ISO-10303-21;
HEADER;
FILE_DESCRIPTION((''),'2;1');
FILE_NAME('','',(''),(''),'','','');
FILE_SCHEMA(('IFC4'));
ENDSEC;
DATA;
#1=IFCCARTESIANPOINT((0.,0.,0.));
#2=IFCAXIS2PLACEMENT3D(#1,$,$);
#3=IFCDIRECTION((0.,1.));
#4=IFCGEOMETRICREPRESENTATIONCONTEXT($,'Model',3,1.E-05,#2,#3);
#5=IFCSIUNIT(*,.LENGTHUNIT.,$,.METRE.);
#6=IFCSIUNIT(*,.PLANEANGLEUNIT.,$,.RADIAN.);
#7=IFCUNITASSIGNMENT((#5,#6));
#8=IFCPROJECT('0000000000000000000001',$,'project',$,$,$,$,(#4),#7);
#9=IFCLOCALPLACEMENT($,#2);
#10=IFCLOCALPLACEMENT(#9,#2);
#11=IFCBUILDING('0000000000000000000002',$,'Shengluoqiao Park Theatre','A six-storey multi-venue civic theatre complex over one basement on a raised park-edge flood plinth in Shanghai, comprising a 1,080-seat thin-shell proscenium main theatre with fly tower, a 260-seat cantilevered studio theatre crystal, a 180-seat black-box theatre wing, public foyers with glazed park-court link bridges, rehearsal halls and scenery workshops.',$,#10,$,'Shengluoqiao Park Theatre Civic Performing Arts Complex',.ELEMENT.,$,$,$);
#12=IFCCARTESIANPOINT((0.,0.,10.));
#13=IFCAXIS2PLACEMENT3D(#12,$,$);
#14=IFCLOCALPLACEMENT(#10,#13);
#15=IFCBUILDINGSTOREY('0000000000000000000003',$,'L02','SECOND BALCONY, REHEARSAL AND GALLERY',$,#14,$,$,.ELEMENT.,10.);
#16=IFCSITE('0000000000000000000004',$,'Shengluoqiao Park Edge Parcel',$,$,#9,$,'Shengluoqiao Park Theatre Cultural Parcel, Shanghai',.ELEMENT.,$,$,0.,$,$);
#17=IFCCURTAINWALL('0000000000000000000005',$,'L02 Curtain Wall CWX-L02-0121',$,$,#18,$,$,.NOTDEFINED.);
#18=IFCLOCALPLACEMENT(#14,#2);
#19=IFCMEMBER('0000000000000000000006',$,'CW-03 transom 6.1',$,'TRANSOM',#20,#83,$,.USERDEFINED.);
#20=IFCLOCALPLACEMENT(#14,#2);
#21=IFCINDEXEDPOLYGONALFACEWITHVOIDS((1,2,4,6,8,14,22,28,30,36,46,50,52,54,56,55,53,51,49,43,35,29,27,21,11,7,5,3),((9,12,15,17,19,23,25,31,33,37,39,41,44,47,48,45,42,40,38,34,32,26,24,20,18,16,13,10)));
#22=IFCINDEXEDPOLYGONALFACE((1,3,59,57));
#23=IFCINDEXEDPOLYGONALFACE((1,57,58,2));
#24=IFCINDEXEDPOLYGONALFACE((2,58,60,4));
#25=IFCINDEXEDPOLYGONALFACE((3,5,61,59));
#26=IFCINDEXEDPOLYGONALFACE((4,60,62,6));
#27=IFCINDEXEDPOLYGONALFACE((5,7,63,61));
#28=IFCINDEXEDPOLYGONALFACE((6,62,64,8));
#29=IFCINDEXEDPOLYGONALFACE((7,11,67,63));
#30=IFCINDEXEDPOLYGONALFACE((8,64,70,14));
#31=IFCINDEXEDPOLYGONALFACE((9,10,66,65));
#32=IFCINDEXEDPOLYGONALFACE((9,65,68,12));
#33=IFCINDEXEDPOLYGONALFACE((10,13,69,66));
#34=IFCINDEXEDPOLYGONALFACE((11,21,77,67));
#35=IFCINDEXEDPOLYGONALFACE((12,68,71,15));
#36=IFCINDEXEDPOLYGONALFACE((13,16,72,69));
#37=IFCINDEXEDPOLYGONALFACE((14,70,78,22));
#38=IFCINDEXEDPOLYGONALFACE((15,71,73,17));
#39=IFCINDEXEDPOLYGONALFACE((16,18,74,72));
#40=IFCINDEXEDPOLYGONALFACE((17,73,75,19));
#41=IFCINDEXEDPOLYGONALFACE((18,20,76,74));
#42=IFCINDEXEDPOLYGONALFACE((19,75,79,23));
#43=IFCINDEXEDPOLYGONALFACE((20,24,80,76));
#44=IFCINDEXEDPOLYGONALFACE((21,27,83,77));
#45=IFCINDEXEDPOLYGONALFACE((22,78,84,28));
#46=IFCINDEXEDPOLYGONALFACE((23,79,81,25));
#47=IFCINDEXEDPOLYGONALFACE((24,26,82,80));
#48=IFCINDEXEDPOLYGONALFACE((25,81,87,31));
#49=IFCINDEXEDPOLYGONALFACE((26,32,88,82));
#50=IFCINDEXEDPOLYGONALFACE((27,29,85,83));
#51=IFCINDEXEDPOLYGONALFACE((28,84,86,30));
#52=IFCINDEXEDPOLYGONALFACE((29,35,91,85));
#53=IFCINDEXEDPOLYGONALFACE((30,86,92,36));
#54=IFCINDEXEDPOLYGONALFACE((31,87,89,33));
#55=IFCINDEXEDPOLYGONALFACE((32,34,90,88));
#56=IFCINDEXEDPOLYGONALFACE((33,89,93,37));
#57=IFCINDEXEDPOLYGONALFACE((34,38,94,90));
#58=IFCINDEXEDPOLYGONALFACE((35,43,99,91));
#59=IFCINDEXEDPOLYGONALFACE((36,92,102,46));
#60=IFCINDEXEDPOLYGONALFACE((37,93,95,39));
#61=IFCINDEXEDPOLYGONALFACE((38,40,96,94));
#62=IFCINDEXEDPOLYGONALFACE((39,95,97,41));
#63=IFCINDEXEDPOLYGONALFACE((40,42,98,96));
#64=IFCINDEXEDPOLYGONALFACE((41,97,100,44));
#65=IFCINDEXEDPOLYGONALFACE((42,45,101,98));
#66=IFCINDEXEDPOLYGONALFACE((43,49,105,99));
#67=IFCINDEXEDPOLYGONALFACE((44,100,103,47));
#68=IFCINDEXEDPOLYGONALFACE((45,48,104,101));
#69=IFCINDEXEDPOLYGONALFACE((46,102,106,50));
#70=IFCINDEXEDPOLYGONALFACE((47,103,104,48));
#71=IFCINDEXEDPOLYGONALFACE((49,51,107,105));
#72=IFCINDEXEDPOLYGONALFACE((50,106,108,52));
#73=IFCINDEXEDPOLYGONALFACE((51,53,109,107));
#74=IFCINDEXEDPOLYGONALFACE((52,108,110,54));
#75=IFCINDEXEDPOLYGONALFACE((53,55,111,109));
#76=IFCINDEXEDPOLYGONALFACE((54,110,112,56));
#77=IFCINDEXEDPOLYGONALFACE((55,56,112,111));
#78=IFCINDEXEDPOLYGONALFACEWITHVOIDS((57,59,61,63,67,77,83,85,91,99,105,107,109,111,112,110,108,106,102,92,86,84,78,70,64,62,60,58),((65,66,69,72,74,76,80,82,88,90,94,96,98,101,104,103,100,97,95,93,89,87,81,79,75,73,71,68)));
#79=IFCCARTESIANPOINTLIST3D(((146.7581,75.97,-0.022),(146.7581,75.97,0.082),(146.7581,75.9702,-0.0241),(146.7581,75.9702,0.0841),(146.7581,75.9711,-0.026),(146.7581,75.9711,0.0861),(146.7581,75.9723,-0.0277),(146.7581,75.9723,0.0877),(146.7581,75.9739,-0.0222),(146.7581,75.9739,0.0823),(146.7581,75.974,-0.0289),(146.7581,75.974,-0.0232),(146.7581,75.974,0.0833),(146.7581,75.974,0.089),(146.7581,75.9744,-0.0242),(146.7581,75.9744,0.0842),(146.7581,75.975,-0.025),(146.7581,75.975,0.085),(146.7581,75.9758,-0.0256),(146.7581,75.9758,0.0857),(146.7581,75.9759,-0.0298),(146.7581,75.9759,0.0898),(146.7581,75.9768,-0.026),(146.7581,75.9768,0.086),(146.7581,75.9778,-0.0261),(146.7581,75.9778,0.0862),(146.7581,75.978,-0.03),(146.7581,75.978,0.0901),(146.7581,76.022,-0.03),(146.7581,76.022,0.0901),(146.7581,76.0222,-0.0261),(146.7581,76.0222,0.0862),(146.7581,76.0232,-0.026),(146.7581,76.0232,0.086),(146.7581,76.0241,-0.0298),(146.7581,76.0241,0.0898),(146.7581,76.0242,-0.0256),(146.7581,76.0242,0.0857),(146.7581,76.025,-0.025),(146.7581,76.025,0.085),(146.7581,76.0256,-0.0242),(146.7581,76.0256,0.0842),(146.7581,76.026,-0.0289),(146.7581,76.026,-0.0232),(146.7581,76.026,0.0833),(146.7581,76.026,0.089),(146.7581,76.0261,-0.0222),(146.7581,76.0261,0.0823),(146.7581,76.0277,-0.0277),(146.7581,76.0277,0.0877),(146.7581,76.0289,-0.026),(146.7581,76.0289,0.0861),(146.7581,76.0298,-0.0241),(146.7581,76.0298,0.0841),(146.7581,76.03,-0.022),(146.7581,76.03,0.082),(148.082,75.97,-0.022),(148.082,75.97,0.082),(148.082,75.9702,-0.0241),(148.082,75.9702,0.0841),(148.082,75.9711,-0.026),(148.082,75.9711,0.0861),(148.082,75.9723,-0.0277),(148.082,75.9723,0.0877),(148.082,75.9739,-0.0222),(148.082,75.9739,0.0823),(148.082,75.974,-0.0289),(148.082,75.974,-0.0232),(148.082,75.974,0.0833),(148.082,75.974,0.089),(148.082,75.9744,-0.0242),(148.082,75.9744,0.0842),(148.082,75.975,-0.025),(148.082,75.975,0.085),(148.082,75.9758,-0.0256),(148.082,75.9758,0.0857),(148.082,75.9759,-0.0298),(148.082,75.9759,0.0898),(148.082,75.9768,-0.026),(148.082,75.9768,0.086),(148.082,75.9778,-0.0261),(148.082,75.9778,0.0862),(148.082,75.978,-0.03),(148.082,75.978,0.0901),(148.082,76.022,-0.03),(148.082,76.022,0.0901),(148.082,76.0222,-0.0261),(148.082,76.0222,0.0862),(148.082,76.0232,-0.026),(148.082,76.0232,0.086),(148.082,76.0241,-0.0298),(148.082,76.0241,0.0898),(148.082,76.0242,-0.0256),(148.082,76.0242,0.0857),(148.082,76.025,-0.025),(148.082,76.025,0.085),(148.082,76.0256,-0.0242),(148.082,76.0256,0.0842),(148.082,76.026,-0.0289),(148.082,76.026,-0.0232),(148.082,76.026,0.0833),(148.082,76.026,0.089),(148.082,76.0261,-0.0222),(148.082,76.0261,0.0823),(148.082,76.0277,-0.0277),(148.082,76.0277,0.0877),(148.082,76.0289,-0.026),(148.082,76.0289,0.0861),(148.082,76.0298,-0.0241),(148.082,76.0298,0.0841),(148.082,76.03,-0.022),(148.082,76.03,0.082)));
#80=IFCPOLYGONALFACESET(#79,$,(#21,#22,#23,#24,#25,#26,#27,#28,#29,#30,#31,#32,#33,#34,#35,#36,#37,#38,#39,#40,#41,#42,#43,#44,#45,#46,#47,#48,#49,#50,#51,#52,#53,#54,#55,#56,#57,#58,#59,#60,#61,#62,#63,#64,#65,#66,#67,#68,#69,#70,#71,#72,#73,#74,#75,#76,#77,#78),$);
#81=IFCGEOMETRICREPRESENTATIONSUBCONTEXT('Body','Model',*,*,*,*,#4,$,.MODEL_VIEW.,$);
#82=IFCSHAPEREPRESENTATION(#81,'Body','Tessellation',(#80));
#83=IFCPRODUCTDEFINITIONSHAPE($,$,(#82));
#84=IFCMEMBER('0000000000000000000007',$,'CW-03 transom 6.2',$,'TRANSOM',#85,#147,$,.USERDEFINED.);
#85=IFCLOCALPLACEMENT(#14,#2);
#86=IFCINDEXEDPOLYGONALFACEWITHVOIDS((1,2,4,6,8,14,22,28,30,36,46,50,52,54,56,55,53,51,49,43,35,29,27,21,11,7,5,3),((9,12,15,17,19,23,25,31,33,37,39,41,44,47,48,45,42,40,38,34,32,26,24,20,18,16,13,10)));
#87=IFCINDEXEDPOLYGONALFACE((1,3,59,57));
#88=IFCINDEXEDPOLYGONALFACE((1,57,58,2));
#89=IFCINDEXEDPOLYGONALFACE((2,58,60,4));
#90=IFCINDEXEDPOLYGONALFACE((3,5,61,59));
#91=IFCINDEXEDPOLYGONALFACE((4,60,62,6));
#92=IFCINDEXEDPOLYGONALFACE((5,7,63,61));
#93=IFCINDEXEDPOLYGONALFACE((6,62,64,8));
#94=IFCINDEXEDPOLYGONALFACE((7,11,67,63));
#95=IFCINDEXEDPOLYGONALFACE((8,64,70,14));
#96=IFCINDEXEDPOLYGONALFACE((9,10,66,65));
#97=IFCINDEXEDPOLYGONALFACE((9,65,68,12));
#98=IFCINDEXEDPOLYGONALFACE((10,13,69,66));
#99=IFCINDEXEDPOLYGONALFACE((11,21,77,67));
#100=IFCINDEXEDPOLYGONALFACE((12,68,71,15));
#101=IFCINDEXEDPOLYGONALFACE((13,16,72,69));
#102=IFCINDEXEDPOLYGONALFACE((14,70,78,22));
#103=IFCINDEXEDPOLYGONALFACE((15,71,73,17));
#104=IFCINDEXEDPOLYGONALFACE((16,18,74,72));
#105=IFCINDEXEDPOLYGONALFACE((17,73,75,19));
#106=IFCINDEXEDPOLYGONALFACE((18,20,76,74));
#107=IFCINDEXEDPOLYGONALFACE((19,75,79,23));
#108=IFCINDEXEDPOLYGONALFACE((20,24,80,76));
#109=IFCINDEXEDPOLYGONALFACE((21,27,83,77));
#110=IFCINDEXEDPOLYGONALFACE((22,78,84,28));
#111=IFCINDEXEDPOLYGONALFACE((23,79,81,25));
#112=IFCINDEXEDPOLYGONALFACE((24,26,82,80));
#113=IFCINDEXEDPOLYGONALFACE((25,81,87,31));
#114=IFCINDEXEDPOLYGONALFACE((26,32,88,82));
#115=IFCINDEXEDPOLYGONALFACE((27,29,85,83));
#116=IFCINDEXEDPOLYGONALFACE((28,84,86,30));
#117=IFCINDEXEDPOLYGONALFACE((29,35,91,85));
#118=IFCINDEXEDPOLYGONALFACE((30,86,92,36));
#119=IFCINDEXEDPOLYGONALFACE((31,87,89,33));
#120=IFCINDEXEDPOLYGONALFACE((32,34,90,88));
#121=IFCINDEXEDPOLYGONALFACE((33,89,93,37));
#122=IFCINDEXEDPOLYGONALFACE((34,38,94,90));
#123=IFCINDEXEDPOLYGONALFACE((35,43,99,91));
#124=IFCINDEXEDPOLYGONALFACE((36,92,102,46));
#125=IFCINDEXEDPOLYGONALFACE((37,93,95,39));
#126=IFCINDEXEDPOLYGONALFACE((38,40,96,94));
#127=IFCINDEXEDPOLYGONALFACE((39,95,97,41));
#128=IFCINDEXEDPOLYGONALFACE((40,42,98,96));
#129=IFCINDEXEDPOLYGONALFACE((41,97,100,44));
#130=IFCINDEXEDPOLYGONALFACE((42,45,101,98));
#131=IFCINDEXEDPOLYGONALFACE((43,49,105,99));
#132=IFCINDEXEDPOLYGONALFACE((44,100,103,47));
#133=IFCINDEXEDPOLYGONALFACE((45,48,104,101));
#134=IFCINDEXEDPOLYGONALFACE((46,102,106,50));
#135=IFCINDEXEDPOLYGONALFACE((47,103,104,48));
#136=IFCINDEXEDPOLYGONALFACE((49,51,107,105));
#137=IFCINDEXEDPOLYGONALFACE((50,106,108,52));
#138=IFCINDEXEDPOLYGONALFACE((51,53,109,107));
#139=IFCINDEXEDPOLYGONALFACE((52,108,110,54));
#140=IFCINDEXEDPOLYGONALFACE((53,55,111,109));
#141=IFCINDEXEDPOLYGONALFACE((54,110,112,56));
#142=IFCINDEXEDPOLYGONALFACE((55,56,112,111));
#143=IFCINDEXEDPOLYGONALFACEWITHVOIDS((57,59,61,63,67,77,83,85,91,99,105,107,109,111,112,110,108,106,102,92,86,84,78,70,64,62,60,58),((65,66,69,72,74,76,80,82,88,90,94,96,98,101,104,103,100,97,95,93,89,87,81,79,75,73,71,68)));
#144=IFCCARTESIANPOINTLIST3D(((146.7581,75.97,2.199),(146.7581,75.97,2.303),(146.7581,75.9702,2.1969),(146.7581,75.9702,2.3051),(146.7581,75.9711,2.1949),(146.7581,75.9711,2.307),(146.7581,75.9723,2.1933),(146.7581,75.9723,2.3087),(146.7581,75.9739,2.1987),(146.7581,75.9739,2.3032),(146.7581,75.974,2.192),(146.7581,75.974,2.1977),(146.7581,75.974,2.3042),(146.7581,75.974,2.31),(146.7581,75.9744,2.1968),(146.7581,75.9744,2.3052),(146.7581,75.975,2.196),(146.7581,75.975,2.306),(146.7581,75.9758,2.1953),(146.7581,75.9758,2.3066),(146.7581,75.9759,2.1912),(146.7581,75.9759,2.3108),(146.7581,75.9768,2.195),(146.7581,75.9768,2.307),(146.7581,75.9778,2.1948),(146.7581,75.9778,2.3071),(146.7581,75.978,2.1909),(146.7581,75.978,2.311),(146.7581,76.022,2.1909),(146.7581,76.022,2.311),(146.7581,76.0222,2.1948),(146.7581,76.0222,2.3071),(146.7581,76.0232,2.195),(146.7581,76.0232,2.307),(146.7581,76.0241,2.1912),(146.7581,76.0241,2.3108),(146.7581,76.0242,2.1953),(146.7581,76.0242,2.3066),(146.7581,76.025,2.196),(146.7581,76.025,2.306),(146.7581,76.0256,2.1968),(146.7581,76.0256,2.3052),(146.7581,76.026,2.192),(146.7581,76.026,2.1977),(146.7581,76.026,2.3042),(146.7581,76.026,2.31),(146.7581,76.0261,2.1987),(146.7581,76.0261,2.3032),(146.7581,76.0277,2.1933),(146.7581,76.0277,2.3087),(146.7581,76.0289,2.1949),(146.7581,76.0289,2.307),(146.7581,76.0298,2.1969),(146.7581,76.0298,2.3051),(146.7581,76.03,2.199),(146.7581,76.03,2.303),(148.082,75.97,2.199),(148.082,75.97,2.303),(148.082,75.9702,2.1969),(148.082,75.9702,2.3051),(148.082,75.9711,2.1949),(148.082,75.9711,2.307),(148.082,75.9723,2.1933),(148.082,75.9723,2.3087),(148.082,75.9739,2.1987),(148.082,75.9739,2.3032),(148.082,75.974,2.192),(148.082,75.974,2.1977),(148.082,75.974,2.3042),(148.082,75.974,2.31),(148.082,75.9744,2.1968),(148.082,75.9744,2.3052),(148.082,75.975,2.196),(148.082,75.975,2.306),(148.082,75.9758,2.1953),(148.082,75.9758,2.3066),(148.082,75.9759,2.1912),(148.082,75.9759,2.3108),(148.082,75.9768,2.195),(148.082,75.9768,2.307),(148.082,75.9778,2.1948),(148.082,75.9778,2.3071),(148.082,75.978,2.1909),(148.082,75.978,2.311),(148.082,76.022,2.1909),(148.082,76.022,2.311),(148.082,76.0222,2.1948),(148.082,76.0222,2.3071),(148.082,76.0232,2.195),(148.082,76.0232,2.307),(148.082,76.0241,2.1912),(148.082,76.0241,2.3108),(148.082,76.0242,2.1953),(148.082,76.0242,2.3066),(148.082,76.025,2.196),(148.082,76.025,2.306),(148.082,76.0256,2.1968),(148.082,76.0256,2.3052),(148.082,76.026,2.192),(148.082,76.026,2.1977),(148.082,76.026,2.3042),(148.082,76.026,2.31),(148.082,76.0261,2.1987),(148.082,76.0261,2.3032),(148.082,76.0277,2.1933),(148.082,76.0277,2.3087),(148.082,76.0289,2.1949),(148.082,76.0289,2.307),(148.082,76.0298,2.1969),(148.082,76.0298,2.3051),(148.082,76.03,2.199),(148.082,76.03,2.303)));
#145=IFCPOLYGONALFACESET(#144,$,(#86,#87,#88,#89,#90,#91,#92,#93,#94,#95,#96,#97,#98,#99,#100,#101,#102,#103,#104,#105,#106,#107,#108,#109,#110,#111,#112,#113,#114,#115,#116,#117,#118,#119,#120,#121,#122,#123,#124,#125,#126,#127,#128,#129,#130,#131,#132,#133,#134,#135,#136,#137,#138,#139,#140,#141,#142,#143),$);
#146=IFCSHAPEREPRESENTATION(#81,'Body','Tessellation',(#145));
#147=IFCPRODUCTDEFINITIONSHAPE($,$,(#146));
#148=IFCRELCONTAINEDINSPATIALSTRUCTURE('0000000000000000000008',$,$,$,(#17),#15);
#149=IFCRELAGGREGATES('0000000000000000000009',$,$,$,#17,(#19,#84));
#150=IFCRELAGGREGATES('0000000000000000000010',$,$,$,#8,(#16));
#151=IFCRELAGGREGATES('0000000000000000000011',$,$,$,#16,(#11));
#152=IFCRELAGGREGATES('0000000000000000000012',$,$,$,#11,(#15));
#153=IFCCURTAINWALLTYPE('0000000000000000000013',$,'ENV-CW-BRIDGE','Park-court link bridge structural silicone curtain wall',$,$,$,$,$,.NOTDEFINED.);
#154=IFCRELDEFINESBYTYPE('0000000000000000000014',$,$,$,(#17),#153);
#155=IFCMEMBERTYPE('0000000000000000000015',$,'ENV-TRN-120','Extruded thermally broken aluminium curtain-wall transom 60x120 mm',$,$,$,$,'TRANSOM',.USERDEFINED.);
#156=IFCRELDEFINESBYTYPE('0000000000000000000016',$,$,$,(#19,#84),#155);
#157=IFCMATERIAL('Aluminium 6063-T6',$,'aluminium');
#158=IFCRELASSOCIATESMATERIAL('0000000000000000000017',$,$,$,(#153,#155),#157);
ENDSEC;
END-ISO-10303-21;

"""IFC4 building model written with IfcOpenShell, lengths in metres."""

from ifc_helpers import new_model, si_unit, direction, frame, origin, origin_2d, place, context, subcontext, project, spatial, hollow_rectangle, extrude, material, material_profile, profile_set, type_object, element, aggregate, save


model = new_model("IFC4")

# Units and contexts
model_context = context("Model", 3, precision=1e-05, world=origin(), true_north=direction((0.0, 1.0)))
body_context = subcontext(model_context, "Body", "Model", "MODEL_VIEW")
ifc_project = project(units=[si_unit("LENGTHUNIT", "METRE"), si_unit("PLANEANGLEUNIT", "RADIAN")], contexts=[model_context])

# Site, building, storey
site_placement = place(None, origin())
site = spatial("IfcSite", under=ifc_project, at=site_placement, Name="Shengluoqiao Park Edge Parcel", LongName="Shengluoqiao Park Theatre Cultural Parcel, Shanghai", CompositionType="ELEMENT", RefElevation=0.0)
building_placement = place(site_placement, origin())
building = spatial("IfcBuilding", under=site, at=building_placement, Name="Shengluoqiao Park Theatre", Description="A six-storey multi-venue civic theatre complex over one basement on a raised park-edge flood plinth in Shanghai, comprising a 1,080-seat thin-shell proscenium main theatre with fly tower, a 260-seat cantilevered studio theatre crystal, a 180-seat black-box theatre wing, public foyers with glazed park-court link bridges, rehearsal halls and scenery workshops.", LongName="Shengluoqiao Park Theatre Civic Performing Arts Complex", CompositionType="ELEMENT")
storey_placement = place(building_placement, frame((0.0, 0.0, 10.0)))
storey = spatial("IfcBuildingStorey", under=building, at=storey_placement, Name="L02", Description="SECOND BALCONY, REHEARSAL AND GALLERY", CompositionType="ELEMENT", Elevation=10.0)

# Curtain wall
ifc_material_1 = material(Name="Aluminium 6063-T6", Category="aluminium")
curtain_wall_type = type_object("IfcCurtainWallType", Name="ENV-CW-BRIDGE", Description="Park-court link bridge structural silicone curtain wall", PredefinedType="NOTDEFINED", material=ifc_material_1)
curtain_wall_1_placement = place(storey_placement, origin())
curtain_wall_1 = element("IfcCurtainWall", 1, at=curtain_wall_1_placement, inside=storey, type_object=curtain_wall_type, Name="L02 Curtain Wall CWX-L02-0121", PredefinedType="NOTDEFINED")

# Members
ifc_material_profile_1 = material_profile(ifc_material_1, hollow_rectangle(XDim=0.0601, YDim=0.1201, WallThickness=0.0039, InnerFilletRadius=0.0039, OuterFilletRadius=0.0081, at=origin_2d()), Name="ALU TRANSOM 120x60x4")
ifc_profile_set_1 = profile_set([ifc_material_profile_1], Name="Aluminium 6063-T6")
member_type_1 = type_object("IfcMemberType", Name="ENV-TRN-120", Description="Extruded thermally broken aluminium curtain-wall transom 60x120 mm", ElementType="TRANSOM", PredefinedType="USERDEFINED", material=ifc_profile_set_1)
member_1_placement = place(storey_placement, frame((146.7581, 76.0, 0.03), z_axis=(1.0, 0.0, 0.0), x_axis=(0.0, 1.0, 0.0)))
member_1 = element("IfcMember", 2, at=member_1_placement, type_object=member_type_1, Name="CW-03 transom 6.1", ObjectType="TRANSOM", PredefinedType="USERDEFINED", context=body_context, shape_type="SweptSolid", body=[
    extrude(hollow_rectangle(XDim=0.0601, YDim=0.1201, WallThickness=0.0039, InnerFilletRadius=0.0039, OuterFilletRadius=0.0081, at=origin_2d()), origin(), (0.0, 0.0, 1.0), 1.324),
])
member_2_placement = place(storey_placement, frame((146.7581, 76.0, 2.251), z_axis=(1.0, 0.0, 0.0), x_axis=(0.0, 1.0, 0.0)))
member_2 = element("IfcMember", 3, at=member_2_placement, type_object=member_type_1, Name="CW-03 transom 6.2", ObjectType="TRANSOM", PredefinedType="USERDEFINED", context=body_context, shape_type="SweptSolid", body=[
    extrude(hollow_rectangle(XDim=0.0601, YDim=0.1201, WallThickness=0.0039, InnerFilletRadius=0.0039, OuterFilletRadius=0.0081, at=origin_2d()), origin(), (0.0, 0.0, 1.0), 1.324),
])

aggregate(curtain_wall_1, [member_1, member_2])

save(model, "model.ifc")
